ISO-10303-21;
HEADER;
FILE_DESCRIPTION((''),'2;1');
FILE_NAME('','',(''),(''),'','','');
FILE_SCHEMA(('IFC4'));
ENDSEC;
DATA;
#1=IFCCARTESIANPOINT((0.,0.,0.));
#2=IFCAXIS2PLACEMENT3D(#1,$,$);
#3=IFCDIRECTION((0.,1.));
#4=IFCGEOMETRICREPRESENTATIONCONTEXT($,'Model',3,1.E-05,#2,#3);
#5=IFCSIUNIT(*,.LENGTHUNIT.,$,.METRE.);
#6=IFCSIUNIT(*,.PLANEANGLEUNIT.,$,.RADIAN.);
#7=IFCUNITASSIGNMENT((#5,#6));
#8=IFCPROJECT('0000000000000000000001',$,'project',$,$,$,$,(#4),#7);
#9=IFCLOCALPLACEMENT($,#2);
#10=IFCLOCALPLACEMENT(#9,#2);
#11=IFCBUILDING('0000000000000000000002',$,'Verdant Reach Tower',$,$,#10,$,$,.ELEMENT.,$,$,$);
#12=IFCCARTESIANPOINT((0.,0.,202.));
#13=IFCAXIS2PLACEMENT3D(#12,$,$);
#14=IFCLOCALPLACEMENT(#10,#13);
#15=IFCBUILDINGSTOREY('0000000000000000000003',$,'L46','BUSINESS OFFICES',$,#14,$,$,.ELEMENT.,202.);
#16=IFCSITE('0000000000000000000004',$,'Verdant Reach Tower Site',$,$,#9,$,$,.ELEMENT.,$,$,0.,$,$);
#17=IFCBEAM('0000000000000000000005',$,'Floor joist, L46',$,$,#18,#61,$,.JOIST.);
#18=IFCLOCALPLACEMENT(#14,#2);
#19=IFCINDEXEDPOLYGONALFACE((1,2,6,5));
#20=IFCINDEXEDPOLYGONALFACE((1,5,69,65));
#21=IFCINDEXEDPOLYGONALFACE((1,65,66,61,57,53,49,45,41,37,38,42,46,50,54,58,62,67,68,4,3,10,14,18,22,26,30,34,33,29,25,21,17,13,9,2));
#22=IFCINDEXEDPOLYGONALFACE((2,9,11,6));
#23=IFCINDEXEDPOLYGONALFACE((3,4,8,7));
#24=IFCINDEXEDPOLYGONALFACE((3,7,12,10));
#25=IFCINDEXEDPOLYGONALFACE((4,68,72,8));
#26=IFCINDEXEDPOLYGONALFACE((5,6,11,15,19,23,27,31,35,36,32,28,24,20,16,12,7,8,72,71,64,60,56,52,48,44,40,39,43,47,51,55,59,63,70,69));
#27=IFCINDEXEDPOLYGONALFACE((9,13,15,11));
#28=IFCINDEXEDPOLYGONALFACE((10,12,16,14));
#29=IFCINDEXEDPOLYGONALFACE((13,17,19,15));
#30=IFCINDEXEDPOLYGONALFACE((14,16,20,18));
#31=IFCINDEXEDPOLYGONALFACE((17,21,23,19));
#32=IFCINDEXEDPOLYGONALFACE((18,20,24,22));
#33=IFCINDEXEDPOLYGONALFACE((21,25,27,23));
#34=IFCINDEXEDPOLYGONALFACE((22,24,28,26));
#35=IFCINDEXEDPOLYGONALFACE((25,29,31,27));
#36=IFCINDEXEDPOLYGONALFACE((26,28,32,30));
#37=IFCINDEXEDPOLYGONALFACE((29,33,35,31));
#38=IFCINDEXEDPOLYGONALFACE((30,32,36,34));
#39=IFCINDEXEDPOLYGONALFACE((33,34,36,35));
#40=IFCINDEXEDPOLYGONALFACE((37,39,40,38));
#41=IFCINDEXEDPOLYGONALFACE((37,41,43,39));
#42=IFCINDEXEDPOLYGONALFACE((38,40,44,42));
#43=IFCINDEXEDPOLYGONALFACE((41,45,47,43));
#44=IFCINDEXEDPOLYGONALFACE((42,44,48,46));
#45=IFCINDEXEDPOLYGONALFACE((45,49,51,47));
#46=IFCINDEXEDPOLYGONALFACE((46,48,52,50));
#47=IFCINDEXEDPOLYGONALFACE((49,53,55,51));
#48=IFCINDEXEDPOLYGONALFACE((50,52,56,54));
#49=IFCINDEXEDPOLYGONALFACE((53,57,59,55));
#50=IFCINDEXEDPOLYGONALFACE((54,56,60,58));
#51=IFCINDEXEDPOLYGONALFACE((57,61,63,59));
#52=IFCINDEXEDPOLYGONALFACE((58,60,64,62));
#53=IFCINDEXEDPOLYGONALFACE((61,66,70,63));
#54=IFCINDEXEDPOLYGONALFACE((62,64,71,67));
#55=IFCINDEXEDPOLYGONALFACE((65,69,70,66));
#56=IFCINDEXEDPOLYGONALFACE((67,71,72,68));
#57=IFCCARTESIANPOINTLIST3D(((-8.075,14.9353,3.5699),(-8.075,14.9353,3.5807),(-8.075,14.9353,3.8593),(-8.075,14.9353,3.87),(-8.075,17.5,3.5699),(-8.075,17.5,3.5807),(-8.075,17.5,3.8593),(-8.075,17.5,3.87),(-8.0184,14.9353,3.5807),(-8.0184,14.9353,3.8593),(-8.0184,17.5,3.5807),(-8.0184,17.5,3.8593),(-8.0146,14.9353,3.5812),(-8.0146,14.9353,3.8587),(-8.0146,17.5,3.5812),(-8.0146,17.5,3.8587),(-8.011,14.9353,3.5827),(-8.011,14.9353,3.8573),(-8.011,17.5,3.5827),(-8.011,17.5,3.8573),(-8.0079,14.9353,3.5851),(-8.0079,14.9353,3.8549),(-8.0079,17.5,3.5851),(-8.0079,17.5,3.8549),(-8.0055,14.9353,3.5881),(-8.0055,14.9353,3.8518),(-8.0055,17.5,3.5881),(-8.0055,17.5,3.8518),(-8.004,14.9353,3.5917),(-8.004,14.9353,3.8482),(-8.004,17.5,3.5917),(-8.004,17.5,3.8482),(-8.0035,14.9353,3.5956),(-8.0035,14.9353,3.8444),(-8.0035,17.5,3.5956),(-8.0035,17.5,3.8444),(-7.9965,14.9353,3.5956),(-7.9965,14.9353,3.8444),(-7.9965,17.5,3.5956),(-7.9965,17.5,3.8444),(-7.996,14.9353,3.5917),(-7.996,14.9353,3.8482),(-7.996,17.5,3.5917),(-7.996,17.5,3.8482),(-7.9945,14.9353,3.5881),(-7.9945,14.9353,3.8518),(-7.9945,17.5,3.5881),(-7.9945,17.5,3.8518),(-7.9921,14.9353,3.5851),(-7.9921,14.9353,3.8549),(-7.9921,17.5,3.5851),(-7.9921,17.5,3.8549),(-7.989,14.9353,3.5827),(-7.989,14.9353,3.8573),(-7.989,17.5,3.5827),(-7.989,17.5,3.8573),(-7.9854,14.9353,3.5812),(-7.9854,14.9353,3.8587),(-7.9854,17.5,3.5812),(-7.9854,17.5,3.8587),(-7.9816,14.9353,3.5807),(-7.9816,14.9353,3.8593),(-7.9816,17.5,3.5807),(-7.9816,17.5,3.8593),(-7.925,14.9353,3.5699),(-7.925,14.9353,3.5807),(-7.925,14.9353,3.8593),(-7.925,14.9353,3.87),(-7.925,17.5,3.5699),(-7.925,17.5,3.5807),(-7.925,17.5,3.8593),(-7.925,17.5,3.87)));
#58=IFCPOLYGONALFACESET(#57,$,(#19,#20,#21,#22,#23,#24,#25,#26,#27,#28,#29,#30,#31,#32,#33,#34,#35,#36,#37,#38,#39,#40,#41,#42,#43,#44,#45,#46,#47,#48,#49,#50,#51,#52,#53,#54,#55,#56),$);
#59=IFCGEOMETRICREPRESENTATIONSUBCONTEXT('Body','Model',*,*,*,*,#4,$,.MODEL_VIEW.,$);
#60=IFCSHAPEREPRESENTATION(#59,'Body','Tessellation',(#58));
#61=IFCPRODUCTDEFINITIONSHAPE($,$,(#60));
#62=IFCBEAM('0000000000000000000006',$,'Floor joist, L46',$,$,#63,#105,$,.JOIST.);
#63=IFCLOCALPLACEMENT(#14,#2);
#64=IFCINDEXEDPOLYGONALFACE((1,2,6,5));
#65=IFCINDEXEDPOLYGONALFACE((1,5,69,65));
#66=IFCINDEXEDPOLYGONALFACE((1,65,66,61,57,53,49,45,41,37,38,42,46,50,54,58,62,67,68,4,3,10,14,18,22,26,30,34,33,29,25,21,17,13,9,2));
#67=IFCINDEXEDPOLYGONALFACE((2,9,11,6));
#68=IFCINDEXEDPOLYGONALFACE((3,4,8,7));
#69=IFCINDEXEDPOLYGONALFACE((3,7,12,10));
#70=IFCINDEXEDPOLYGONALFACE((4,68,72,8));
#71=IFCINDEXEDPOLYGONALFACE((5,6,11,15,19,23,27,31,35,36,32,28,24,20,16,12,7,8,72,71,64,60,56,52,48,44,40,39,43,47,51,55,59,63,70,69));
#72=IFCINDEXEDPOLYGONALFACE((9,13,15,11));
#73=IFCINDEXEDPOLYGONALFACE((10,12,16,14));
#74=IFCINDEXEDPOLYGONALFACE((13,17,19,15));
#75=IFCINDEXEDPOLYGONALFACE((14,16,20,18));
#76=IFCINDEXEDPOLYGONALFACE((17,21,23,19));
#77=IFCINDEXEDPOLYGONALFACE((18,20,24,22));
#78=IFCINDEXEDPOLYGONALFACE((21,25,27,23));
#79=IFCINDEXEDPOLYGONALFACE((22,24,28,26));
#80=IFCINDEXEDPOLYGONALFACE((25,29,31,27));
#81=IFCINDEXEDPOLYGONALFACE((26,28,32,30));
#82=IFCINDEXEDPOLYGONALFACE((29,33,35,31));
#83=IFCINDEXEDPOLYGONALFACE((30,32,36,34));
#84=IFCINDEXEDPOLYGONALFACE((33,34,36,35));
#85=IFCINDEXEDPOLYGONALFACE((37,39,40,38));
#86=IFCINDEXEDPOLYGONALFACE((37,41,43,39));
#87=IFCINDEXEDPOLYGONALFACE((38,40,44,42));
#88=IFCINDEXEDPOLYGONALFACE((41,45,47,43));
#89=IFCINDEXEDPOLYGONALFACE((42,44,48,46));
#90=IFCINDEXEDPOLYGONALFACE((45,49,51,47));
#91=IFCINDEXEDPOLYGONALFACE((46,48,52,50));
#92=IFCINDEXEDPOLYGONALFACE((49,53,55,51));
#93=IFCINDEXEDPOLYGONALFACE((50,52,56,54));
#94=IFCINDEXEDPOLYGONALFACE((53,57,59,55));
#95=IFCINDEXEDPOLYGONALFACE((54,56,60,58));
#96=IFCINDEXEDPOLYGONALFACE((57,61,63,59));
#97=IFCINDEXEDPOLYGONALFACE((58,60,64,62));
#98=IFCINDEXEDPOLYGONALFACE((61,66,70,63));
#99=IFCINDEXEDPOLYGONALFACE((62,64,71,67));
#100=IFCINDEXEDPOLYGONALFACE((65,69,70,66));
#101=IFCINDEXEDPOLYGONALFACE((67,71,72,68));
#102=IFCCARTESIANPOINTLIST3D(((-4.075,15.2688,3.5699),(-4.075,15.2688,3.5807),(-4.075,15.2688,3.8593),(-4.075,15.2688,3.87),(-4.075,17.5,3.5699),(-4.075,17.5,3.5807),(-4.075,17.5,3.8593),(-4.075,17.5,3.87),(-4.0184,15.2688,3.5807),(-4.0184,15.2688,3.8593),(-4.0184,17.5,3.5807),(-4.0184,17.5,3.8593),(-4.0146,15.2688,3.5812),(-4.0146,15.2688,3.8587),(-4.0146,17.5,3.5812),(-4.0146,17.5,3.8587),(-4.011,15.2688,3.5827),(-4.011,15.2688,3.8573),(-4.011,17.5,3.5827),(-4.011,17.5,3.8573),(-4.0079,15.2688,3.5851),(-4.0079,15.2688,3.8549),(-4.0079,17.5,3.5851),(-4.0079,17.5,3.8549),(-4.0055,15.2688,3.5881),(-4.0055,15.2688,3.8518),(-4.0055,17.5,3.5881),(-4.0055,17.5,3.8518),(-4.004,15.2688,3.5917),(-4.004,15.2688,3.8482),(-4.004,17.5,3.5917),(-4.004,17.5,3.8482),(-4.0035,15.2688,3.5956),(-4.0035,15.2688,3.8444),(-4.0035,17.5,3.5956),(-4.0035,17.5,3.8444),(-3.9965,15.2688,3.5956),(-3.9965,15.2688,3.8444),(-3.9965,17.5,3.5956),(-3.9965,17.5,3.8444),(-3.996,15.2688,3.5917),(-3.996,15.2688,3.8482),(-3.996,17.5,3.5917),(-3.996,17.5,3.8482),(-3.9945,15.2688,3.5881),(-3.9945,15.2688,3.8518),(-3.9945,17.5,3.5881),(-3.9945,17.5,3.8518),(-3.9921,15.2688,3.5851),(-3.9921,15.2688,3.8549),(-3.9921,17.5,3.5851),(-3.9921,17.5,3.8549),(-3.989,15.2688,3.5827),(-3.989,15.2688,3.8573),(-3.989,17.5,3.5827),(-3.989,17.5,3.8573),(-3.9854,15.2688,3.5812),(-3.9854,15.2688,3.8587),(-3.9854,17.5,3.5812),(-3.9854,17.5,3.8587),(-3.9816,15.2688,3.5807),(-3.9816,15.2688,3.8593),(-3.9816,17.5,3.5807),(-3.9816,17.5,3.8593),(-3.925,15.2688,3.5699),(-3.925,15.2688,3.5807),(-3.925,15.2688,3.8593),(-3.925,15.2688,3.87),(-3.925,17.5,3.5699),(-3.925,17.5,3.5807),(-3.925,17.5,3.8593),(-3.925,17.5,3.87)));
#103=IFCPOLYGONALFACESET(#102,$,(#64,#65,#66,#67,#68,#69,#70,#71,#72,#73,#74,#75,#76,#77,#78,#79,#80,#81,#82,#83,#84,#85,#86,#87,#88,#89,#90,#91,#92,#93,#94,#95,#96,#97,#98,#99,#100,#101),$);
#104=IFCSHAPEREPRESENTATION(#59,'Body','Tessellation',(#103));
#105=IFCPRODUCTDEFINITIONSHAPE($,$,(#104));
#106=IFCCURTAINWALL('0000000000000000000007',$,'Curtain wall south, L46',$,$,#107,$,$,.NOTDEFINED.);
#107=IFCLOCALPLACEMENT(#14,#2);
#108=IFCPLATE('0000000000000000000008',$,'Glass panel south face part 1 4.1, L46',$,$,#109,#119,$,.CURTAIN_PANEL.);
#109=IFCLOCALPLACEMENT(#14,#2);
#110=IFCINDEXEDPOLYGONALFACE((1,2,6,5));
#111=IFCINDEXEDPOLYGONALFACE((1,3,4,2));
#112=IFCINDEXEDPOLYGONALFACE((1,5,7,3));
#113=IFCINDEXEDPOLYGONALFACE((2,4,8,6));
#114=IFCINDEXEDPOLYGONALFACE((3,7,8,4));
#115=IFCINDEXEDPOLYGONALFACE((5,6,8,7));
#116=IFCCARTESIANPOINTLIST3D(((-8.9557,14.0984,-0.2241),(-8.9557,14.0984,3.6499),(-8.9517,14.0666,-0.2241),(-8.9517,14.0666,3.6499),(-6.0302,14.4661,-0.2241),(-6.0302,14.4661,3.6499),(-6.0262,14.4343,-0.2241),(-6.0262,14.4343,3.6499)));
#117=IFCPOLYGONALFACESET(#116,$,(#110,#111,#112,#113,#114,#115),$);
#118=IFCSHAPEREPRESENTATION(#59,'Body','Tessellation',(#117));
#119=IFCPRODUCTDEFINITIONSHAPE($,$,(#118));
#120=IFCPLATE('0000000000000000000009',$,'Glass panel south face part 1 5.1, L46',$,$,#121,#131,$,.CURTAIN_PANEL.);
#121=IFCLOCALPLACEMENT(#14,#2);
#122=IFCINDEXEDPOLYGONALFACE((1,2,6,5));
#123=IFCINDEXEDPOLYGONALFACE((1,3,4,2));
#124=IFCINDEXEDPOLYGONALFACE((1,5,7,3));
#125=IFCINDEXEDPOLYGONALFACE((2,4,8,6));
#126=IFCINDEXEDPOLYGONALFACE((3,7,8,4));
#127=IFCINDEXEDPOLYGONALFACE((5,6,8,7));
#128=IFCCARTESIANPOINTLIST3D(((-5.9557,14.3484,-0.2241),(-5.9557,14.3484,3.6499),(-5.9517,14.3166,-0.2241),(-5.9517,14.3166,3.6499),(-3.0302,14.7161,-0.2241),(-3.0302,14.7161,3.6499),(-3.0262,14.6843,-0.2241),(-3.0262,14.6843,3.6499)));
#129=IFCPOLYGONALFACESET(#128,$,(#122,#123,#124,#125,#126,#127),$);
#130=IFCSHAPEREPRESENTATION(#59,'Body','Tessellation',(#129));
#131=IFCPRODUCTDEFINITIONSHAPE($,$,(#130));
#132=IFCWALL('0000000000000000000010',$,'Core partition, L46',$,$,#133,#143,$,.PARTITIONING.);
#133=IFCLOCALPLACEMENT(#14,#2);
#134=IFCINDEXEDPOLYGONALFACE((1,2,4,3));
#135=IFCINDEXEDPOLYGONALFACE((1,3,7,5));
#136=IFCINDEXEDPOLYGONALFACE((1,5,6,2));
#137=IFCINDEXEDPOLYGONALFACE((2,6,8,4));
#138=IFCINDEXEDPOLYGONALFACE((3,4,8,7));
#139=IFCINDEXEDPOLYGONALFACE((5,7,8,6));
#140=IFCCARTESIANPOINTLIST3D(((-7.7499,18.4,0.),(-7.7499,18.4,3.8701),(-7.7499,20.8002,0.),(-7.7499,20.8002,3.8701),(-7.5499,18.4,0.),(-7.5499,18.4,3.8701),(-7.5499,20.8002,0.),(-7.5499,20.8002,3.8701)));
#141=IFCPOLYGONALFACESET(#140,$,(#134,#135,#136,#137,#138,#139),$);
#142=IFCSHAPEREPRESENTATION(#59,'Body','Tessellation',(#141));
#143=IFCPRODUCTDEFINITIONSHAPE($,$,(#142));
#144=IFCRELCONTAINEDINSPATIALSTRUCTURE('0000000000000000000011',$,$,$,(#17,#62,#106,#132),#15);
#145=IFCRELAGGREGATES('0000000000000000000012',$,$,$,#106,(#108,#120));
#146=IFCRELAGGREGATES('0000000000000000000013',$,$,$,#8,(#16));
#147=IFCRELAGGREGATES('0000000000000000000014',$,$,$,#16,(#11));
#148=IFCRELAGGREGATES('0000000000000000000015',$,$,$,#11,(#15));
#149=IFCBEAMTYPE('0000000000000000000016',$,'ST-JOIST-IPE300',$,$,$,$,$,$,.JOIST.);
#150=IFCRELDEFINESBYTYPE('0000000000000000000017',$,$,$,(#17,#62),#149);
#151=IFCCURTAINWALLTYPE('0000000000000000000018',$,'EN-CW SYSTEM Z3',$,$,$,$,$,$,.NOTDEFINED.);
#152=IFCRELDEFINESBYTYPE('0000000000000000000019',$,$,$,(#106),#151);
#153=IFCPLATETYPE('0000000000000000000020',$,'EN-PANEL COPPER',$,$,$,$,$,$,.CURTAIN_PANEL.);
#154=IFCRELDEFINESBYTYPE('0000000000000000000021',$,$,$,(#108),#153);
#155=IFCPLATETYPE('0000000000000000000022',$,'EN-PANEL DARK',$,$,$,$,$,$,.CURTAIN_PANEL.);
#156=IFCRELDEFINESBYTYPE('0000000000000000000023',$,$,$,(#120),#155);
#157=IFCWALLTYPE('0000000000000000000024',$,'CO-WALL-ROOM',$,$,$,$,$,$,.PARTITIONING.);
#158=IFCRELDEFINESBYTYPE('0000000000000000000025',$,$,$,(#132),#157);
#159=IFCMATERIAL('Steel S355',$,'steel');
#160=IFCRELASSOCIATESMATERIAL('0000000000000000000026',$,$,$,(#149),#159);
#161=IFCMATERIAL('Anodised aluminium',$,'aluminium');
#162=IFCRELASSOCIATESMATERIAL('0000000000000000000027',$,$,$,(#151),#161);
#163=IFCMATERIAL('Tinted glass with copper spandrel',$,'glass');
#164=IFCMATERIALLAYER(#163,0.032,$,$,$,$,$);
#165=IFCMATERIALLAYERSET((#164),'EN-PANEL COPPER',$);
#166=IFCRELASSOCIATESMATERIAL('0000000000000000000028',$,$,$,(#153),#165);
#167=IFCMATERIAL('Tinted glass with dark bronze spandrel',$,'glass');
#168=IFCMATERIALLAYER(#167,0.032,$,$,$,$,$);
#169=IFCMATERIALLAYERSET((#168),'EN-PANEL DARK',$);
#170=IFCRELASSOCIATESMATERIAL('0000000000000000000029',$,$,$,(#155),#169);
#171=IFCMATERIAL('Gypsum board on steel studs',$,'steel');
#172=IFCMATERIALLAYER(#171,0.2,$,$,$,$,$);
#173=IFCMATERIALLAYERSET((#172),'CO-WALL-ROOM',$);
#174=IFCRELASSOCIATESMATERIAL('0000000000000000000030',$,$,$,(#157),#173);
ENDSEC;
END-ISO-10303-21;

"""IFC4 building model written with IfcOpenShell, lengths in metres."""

from ifc_helpers import new_model, si_unit, direction, frame, frame_2d, origin, origin_2d, place, context, subcontext, project, spatial, rectangle, i_section, extrude, material, layer, layer_set, material_profile, profile_set, type_object, element, aggregate, save


model = new_model("IFC4")

# Units and contexts
model_context = context("Model", 3, precision=1e-05, world=origin(), true_north=direction((0.0, 1.0)))
body_context = subcontext(model_context, "Body", "Model", "MODEL_VIEW")
ifc_project = project(units=[si_unit("LENGTHUNIT", "METRE"), si_unit("PLANEANGLEUNIT", "RADIAN")], contexts=[model_context])

# Site, building, storey
site_placement = place(None, origin())
site = spatial("IfcSite", under=ifc_project, at=site_placement, Name="Verdant Reach Tower Site", CompositionType="ELEMENT", RefElevation=0.0)
building_placement = place(site_placement, origin())
building = spatial("IfcBuilding", under=site, at=building_placement, Name="Verdant Reach Tower", CompositionType="ELEMENT")
storey_placement = place(building_placement, frame((0.0, 0.0, 202.0)))
storey = spatial("IfcBuildingStorey", under=building, at=storey_placement, Name="L46", Description="BUSINESS OFFICES", CompositionType="ELEMENT", Elevation=202.0)

# Beams
ifc_material_1 = material(Name="Steel S355", Category="steel")
ifc_material_profile = material_profile(ifc_material_1, i_section(OverallWidth=0.1499, OverallDepth=0.3, WebThickness=0.0071, FlangeThickness=0.0107, FilletRadius=0.0149, at=origin_2d()), Name="IPE 300")
ifc_profile_set = profile_set([ifc_material_profile], Name="Steel S355")
beam_type = type_object("IfcBeamType", Name="ST-JOIST-IPE300", PredefinedType="JOIST", material=ifc_profile_set)
beam_1_placement = place(storey_placement, frame((-8.0, 17.5, 3.72), z_axis=(0.0, -1.0, 0.0), x_axis=(1.0, 0.0, 0.0)))
element("IfcBeam", 1, at=beam_1_placement, inside=storey, type_object=beam_type, Name="Floor joist, L46", PredefinedType="JOIST", context=body_context, shape_type="SweptSolid", body=[
    extrude(i_section(OverallWidth=0.1499, OverallDepth=0.3, WebThickness=0.0071, FlangeThickness=0.0107, FilletRadius=0.0149, at=origin_2d()), origin(), (0.0, 0.0, 1.0), 2.5647),
])
beam_2_placement = place(storey_placement, frame((-4.0, 17.5, 3.72), z_axis=(0.0, -1.0, 0.0), x_axis=(1.0, 0.0, 0.0)))
element("IfcBeam", 2, at=beam_2_placement, inside=storey, type_object=beam_type, Name="Floor joist, L46", PredefinedType="JOIST", context=body_context, shape_type="SweptSolid", body=[
    extrude(i_section(OverallWidth=0.1499, OverallDepth=0.3, WebThickness=0.0071, FlangeThickness=0.0107, FilletRadius=0.0149, at=origin_2d()), origin(), (0.0, 0.0, 1.0), 2.2312),
])

# Curtain wall, plates
ifc_material_2 = material(Name="Anodised aluminium", Category="aluminium")
curtain_wall_type = type_object("IfcCurtainWallType", Name="EN-CW SYSTEM Z3", PredefinedType="NOTDEFINED", material=ifc_material_2)
curtain_wall_placement = place(storey_placement, origin())
curtain_wall = element("IfcCurtainWall", 3, at=curtain_wall_placement, inside=storey, type_object=curtain_wall_type, Name="Curtain wall south, L46", PredefinedType="NOTDEFINED")
ifc_material_3 = material(Name="Tinted glass with copper spandrel", Category="glass")
ifc_layer_1 = layer(ifc_material_3, 0.032)
ifc_layer_set_1 = layer_set([ifc_layer_1], Name="EN-PANEL COPPER")
plate_type_1 = type_object("IfcPlateType", Name="EN-PANEL COPPER", PredefinedType="CURTAIN_PANEL", material=ifc_layer_set_1)
plate_1_placement = place(storey_placement, frame((-7.491, 14.2664, -0.2241), z_axis=(0.0, 0.0, 1.0), x_axis=(0.992194, 0.124704, 0.0)))
plate_1 = element("IfcPlate", 4, at=plate_1_placement, type_object=plate_type_1, Name="Glass panel south face part 1 4.1, L46", PredefinedType="CURTAIN_PANEL", context=body_context, shape_type="SweptSolid", body=[
    extrude(rectangle(XDim=2.9485, YDim=0.032, at=origin_2d()), origin(), (0.0, 0.0, 1.0), 3.874),
])
ifc_material_4 = material(Name="Tinted glass with dark bronze spandrel", Category="glass")
ifc_layer_2 = layer(ifc_material_4, 0.032)
ifc_layer_set_2 = layer_set([ifc_layer_2], Name="EN-PANEL DARK")
plate_type_2 = type_object("IfcPlateType", Name="EN-PANEL DARK", PredefinedType="CURTAIN_PANEL", material=ifc_layer_set_2)
plate_2_placement = place(storey_placement, frame((-4.491, 14.5164, -0.2241), z_axis=(0.0, 0.0, 1.0), x_axis=(0.992194, 0.124704, 0.0)))
plate_2 = element("IfcPlate", 5, at=plate_2_placement, type_object=plate_type_2, Name="Glass panel south face part 1 5.1, L46", PredefinedType="CURTAIN_PANEL", context=body_context, shape_type="SweptSolid", body=[
    extrude(rectangle(XDim=2.9485, YDim=0.032, at=origin_2d()), origin(), (0.0, 0.0, 1.0), 3.874),
])
aggregate(curtain_wall, [plate_1, plate_2])

# Wall
ifc_material_5 = material(Name="Gypsum board on steel studs", Category="steel")
ifc_layer_3 = layer(ifc_material_5, 0.2)
ifc_layer_set_3 = layer_set([ifc_layer_3], Name="CO-WALL-ROOM")
wall_type_1 = type_object("IfcWallType", Name="CO-WALL-ROOM", PredefinedType="PARTITIONING", material=ifc_layer_set_3)
wall_1_placement = place(storey_placement, frame((-7.6499, 18.3999, 0.0), z_axis=(0.0, 0.0, 1.0), x_axis=(0.0, 1.0, 0.0)))
element("IfcWall", 6, at=wall_1_placement, inside=storey, type_object=wall_type_1, Name="Core partition, L46", PredefinedType="PARTITIONING", context=body_context, shape_type="SweptSolid", body=[
    extrude(rectangle(XDim=2.4001, YDim=0.2, at=frame_2d((1.2002, 0.0))), origin(), (0.0, 0.0, 1.0), 3.8701),
])

save(model, "model.ifc")
